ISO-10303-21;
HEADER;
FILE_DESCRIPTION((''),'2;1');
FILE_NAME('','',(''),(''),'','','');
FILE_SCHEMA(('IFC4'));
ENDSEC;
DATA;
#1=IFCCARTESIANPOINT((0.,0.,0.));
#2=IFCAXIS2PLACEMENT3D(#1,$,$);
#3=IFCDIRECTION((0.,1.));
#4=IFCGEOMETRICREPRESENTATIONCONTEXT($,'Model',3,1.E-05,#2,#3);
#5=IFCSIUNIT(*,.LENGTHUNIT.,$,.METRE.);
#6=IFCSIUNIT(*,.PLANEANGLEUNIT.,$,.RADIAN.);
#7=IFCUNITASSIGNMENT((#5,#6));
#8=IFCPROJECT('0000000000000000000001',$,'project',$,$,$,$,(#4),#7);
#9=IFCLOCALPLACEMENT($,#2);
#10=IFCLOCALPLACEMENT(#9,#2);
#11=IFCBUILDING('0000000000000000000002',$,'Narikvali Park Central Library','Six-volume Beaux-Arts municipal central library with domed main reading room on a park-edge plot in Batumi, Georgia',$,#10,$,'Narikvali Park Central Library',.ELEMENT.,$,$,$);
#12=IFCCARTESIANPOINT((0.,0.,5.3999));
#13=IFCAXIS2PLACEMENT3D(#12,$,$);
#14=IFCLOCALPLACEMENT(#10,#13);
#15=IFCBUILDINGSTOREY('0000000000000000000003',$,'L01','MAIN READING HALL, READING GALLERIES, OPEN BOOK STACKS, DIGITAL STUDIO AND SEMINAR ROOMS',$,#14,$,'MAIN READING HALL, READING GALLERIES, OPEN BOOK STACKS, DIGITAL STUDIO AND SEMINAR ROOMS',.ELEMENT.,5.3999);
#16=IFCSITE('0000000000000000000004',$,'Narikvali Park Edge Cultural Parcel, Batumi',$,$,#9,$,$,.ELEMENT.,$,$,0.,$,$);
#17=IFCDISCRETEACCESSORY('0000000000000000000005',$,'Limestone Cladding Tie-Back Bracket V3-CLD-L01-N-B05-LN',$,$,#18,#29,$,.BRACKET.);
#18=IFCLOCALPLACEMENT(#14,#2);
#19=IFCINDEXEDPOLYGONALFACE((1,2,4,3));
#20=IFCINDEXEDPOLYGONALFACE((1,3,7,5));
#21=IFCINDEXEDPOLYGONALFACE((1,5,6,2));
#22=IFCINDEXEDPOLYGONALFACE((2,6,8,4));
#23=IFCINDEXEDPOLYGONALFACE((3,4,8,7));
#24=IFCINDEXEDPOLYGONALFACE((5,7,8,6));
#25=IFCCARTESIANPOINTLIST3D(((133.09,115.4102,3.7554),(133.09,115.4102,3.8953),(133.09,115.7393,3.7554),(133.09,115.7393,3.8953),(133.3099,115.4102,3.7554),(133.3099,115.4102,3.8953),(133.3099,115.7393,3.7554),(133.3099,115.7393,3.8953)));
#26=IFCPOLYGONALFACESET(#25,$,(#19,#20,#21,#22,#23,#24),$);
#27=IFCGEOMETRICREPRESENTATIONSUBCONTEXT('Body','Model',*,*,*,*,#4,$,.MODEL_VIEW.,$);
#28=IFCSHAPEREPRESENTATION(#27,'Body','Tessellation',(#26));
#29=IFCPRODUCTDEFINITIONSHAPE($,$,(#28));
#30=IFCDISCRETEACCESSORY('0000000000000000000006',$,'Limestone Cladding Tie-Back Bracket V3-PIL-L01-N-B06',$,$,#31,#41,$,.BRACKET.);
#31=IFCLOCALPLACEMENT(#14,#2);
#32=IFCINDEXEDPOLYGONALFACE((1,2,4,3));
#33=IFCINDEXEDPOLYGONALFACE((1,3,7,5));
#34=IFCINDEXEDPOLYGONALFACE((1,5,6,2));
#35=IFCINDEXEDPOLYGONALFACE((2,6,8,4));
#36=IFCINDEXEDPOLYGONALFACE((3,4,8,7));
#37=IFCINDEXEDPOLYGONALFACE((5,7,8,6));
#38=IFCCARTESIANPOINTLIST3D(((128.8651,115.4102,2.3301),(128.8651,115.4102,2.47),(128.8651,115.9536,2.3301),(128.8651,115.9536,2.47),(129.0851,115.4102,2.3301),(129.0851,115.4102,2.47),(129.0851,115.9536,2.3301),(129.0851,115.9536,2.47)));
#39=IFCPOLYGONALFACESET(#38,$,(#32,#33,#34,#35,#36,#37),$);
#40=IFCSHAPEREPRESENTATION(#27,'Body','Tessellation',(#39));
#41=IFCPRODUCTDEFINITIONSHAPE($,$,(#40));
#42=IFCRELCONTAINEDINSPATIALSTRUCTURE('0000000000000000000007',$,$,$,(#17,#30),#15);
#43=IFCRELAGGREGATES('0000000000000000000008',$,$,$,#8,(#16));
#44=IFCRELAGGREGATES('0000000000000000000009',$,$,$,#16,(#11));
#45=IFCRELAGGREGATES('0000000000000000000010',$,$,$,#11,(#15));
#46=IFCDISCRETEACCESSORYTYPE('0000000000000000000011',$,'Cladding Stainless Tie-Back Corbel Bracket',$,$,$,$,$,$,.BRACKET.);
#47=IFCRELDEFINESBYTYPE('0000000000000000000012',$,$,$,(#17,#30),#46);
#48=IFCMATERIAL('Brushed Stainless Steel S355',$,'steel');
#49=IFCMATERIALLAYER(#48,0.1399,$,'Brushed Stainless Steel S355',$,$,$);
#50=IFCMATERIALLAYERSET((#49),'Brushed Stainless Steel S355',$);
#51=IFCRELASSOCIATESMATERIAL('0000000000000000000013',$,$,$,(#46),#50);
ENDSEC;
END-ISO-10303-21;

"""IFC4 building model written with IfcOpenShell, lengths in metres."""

from ifc_helpers import new_model, si_unit, direction, frame, origin, origin_2d, place, context, subcontext, project, spatial, rectangle, extrude, material, layer, layer_set, type_object, element, save


model = new_model("IFC4")

# Units and contexts
model_context = context("Model", 3, precision=1e-05, world=origin(), true_north=direction((0.0, 1.0)))
body_context = subcontext(model_context, "Body", "Model", "MODEL_VIEW")
ifc_project = project(units=[si_unit("LENGTHUNIT", "METRE"), si_unit("PLANEANGLEUNIT", "RADIAN")], contexts=[model_context])

# Site, building, storey
site_placement = place(None, origin())
site = spatial("IfcSite", under=ifc_project, at=site_placement, Name="Narikvali Park Edge Cultural Parcel, Batumi", CompositionType="ELEMENT", RefElevation=0.0)
building_placement = place(site_placement, origin())
building = spatial("IfcBuilding", under=site, at=building_placement, Name="Narikvali Park Central Library", Description="Six-volume Beaux-Arts municipal central library with domed main reading room on a park-edge plot in Batumi, Georgia", LongName="Narikvali Park Central Library", CompositionType="ELEMENT")
storey_placement = place(building_placement, frame((0.0, 0.0, 5.3999)))
storey = spatial("IfcBuildingStorey", under=building, at=storey_placement, Name="L01", Description="MAIN READING HALL, READING GALLERIES, OPEN BOOK STACKS, DIGITAL STUDIO AND SEMINAR ROOMS", LongName="MAIN READING HALL, READING GALLERIES, OPEN BOOK STACKS, DIGITAL STUDIO AND SEMINAR ROOMS", CompositionType="ELEMENT", Elevation=5.3999)

# Discrete accessories
ifc_material_1 = material(Name="Brushed Stainless Steel S355", Category="steel")
ifc_layer_1 = layer(ifc_material_1, 0.1399, Name="Brushed Stainless Steel S355")
ifc_layer_set_1 = layer_set([ifc_layer_1], Name="Brushed Stainless Steel S355")
discrete_accessory_type = type_object("IfcDiscreteAccessoryType", Name="Cladding Stainless Tie-Back Corbel Bracket", PredefinedType="BRACKET", material=ifc_layer_set_1)
discrete_accessory_1_placement = place(storey_placement, frame((133.2, 115.5747, 3.7554), z_axis=(0.0, 0.0, 1.0), x_axis=(1.0, 0.0, 0.0)))
element("IfcDiscreteAccessory", 1, at=discrete_accessory_1_placement, inside=storey, type_object=discrete_accessory_type, Name="Limestone Cladding Tie-Back Bracket V3-CLD-L01-N-B05-LN", PredefinedType="BRACKET", context=body_context, shape_type="SweptSolid", body=[
    extrude(rectangle(XDim=0.22, YDim=0.3291, at=origin_2d()), origin(), (0.0, 0.0, 1.0), 0.1399),
])
discrete_accessory_2_placement = place(storey_placement, frame((128.9751, 115.6819, 2.3301), z_axis=(0.0, 0.0, 1.0), x_axis=(1.0, 0.0, 0.0)))
element("IfcDiscreteAccessory", 2, at=discrete_accessory_2_placement, inside=storey, type_object=discrete_accessory_type, Name="Limestone Cladding Tie-Back Bracket V3-PIL-L01-N-B06", PredefinedType="BRACKET", context=body_context, shape_type="SweptSolid", body=[
    extrude(rectangle(XDim=0.22, YDim=0.5435, at=origin_2d()), origin(), (0.0, 0.0, 1.0), 0.1399),
])

save(model, "model.ifc")
